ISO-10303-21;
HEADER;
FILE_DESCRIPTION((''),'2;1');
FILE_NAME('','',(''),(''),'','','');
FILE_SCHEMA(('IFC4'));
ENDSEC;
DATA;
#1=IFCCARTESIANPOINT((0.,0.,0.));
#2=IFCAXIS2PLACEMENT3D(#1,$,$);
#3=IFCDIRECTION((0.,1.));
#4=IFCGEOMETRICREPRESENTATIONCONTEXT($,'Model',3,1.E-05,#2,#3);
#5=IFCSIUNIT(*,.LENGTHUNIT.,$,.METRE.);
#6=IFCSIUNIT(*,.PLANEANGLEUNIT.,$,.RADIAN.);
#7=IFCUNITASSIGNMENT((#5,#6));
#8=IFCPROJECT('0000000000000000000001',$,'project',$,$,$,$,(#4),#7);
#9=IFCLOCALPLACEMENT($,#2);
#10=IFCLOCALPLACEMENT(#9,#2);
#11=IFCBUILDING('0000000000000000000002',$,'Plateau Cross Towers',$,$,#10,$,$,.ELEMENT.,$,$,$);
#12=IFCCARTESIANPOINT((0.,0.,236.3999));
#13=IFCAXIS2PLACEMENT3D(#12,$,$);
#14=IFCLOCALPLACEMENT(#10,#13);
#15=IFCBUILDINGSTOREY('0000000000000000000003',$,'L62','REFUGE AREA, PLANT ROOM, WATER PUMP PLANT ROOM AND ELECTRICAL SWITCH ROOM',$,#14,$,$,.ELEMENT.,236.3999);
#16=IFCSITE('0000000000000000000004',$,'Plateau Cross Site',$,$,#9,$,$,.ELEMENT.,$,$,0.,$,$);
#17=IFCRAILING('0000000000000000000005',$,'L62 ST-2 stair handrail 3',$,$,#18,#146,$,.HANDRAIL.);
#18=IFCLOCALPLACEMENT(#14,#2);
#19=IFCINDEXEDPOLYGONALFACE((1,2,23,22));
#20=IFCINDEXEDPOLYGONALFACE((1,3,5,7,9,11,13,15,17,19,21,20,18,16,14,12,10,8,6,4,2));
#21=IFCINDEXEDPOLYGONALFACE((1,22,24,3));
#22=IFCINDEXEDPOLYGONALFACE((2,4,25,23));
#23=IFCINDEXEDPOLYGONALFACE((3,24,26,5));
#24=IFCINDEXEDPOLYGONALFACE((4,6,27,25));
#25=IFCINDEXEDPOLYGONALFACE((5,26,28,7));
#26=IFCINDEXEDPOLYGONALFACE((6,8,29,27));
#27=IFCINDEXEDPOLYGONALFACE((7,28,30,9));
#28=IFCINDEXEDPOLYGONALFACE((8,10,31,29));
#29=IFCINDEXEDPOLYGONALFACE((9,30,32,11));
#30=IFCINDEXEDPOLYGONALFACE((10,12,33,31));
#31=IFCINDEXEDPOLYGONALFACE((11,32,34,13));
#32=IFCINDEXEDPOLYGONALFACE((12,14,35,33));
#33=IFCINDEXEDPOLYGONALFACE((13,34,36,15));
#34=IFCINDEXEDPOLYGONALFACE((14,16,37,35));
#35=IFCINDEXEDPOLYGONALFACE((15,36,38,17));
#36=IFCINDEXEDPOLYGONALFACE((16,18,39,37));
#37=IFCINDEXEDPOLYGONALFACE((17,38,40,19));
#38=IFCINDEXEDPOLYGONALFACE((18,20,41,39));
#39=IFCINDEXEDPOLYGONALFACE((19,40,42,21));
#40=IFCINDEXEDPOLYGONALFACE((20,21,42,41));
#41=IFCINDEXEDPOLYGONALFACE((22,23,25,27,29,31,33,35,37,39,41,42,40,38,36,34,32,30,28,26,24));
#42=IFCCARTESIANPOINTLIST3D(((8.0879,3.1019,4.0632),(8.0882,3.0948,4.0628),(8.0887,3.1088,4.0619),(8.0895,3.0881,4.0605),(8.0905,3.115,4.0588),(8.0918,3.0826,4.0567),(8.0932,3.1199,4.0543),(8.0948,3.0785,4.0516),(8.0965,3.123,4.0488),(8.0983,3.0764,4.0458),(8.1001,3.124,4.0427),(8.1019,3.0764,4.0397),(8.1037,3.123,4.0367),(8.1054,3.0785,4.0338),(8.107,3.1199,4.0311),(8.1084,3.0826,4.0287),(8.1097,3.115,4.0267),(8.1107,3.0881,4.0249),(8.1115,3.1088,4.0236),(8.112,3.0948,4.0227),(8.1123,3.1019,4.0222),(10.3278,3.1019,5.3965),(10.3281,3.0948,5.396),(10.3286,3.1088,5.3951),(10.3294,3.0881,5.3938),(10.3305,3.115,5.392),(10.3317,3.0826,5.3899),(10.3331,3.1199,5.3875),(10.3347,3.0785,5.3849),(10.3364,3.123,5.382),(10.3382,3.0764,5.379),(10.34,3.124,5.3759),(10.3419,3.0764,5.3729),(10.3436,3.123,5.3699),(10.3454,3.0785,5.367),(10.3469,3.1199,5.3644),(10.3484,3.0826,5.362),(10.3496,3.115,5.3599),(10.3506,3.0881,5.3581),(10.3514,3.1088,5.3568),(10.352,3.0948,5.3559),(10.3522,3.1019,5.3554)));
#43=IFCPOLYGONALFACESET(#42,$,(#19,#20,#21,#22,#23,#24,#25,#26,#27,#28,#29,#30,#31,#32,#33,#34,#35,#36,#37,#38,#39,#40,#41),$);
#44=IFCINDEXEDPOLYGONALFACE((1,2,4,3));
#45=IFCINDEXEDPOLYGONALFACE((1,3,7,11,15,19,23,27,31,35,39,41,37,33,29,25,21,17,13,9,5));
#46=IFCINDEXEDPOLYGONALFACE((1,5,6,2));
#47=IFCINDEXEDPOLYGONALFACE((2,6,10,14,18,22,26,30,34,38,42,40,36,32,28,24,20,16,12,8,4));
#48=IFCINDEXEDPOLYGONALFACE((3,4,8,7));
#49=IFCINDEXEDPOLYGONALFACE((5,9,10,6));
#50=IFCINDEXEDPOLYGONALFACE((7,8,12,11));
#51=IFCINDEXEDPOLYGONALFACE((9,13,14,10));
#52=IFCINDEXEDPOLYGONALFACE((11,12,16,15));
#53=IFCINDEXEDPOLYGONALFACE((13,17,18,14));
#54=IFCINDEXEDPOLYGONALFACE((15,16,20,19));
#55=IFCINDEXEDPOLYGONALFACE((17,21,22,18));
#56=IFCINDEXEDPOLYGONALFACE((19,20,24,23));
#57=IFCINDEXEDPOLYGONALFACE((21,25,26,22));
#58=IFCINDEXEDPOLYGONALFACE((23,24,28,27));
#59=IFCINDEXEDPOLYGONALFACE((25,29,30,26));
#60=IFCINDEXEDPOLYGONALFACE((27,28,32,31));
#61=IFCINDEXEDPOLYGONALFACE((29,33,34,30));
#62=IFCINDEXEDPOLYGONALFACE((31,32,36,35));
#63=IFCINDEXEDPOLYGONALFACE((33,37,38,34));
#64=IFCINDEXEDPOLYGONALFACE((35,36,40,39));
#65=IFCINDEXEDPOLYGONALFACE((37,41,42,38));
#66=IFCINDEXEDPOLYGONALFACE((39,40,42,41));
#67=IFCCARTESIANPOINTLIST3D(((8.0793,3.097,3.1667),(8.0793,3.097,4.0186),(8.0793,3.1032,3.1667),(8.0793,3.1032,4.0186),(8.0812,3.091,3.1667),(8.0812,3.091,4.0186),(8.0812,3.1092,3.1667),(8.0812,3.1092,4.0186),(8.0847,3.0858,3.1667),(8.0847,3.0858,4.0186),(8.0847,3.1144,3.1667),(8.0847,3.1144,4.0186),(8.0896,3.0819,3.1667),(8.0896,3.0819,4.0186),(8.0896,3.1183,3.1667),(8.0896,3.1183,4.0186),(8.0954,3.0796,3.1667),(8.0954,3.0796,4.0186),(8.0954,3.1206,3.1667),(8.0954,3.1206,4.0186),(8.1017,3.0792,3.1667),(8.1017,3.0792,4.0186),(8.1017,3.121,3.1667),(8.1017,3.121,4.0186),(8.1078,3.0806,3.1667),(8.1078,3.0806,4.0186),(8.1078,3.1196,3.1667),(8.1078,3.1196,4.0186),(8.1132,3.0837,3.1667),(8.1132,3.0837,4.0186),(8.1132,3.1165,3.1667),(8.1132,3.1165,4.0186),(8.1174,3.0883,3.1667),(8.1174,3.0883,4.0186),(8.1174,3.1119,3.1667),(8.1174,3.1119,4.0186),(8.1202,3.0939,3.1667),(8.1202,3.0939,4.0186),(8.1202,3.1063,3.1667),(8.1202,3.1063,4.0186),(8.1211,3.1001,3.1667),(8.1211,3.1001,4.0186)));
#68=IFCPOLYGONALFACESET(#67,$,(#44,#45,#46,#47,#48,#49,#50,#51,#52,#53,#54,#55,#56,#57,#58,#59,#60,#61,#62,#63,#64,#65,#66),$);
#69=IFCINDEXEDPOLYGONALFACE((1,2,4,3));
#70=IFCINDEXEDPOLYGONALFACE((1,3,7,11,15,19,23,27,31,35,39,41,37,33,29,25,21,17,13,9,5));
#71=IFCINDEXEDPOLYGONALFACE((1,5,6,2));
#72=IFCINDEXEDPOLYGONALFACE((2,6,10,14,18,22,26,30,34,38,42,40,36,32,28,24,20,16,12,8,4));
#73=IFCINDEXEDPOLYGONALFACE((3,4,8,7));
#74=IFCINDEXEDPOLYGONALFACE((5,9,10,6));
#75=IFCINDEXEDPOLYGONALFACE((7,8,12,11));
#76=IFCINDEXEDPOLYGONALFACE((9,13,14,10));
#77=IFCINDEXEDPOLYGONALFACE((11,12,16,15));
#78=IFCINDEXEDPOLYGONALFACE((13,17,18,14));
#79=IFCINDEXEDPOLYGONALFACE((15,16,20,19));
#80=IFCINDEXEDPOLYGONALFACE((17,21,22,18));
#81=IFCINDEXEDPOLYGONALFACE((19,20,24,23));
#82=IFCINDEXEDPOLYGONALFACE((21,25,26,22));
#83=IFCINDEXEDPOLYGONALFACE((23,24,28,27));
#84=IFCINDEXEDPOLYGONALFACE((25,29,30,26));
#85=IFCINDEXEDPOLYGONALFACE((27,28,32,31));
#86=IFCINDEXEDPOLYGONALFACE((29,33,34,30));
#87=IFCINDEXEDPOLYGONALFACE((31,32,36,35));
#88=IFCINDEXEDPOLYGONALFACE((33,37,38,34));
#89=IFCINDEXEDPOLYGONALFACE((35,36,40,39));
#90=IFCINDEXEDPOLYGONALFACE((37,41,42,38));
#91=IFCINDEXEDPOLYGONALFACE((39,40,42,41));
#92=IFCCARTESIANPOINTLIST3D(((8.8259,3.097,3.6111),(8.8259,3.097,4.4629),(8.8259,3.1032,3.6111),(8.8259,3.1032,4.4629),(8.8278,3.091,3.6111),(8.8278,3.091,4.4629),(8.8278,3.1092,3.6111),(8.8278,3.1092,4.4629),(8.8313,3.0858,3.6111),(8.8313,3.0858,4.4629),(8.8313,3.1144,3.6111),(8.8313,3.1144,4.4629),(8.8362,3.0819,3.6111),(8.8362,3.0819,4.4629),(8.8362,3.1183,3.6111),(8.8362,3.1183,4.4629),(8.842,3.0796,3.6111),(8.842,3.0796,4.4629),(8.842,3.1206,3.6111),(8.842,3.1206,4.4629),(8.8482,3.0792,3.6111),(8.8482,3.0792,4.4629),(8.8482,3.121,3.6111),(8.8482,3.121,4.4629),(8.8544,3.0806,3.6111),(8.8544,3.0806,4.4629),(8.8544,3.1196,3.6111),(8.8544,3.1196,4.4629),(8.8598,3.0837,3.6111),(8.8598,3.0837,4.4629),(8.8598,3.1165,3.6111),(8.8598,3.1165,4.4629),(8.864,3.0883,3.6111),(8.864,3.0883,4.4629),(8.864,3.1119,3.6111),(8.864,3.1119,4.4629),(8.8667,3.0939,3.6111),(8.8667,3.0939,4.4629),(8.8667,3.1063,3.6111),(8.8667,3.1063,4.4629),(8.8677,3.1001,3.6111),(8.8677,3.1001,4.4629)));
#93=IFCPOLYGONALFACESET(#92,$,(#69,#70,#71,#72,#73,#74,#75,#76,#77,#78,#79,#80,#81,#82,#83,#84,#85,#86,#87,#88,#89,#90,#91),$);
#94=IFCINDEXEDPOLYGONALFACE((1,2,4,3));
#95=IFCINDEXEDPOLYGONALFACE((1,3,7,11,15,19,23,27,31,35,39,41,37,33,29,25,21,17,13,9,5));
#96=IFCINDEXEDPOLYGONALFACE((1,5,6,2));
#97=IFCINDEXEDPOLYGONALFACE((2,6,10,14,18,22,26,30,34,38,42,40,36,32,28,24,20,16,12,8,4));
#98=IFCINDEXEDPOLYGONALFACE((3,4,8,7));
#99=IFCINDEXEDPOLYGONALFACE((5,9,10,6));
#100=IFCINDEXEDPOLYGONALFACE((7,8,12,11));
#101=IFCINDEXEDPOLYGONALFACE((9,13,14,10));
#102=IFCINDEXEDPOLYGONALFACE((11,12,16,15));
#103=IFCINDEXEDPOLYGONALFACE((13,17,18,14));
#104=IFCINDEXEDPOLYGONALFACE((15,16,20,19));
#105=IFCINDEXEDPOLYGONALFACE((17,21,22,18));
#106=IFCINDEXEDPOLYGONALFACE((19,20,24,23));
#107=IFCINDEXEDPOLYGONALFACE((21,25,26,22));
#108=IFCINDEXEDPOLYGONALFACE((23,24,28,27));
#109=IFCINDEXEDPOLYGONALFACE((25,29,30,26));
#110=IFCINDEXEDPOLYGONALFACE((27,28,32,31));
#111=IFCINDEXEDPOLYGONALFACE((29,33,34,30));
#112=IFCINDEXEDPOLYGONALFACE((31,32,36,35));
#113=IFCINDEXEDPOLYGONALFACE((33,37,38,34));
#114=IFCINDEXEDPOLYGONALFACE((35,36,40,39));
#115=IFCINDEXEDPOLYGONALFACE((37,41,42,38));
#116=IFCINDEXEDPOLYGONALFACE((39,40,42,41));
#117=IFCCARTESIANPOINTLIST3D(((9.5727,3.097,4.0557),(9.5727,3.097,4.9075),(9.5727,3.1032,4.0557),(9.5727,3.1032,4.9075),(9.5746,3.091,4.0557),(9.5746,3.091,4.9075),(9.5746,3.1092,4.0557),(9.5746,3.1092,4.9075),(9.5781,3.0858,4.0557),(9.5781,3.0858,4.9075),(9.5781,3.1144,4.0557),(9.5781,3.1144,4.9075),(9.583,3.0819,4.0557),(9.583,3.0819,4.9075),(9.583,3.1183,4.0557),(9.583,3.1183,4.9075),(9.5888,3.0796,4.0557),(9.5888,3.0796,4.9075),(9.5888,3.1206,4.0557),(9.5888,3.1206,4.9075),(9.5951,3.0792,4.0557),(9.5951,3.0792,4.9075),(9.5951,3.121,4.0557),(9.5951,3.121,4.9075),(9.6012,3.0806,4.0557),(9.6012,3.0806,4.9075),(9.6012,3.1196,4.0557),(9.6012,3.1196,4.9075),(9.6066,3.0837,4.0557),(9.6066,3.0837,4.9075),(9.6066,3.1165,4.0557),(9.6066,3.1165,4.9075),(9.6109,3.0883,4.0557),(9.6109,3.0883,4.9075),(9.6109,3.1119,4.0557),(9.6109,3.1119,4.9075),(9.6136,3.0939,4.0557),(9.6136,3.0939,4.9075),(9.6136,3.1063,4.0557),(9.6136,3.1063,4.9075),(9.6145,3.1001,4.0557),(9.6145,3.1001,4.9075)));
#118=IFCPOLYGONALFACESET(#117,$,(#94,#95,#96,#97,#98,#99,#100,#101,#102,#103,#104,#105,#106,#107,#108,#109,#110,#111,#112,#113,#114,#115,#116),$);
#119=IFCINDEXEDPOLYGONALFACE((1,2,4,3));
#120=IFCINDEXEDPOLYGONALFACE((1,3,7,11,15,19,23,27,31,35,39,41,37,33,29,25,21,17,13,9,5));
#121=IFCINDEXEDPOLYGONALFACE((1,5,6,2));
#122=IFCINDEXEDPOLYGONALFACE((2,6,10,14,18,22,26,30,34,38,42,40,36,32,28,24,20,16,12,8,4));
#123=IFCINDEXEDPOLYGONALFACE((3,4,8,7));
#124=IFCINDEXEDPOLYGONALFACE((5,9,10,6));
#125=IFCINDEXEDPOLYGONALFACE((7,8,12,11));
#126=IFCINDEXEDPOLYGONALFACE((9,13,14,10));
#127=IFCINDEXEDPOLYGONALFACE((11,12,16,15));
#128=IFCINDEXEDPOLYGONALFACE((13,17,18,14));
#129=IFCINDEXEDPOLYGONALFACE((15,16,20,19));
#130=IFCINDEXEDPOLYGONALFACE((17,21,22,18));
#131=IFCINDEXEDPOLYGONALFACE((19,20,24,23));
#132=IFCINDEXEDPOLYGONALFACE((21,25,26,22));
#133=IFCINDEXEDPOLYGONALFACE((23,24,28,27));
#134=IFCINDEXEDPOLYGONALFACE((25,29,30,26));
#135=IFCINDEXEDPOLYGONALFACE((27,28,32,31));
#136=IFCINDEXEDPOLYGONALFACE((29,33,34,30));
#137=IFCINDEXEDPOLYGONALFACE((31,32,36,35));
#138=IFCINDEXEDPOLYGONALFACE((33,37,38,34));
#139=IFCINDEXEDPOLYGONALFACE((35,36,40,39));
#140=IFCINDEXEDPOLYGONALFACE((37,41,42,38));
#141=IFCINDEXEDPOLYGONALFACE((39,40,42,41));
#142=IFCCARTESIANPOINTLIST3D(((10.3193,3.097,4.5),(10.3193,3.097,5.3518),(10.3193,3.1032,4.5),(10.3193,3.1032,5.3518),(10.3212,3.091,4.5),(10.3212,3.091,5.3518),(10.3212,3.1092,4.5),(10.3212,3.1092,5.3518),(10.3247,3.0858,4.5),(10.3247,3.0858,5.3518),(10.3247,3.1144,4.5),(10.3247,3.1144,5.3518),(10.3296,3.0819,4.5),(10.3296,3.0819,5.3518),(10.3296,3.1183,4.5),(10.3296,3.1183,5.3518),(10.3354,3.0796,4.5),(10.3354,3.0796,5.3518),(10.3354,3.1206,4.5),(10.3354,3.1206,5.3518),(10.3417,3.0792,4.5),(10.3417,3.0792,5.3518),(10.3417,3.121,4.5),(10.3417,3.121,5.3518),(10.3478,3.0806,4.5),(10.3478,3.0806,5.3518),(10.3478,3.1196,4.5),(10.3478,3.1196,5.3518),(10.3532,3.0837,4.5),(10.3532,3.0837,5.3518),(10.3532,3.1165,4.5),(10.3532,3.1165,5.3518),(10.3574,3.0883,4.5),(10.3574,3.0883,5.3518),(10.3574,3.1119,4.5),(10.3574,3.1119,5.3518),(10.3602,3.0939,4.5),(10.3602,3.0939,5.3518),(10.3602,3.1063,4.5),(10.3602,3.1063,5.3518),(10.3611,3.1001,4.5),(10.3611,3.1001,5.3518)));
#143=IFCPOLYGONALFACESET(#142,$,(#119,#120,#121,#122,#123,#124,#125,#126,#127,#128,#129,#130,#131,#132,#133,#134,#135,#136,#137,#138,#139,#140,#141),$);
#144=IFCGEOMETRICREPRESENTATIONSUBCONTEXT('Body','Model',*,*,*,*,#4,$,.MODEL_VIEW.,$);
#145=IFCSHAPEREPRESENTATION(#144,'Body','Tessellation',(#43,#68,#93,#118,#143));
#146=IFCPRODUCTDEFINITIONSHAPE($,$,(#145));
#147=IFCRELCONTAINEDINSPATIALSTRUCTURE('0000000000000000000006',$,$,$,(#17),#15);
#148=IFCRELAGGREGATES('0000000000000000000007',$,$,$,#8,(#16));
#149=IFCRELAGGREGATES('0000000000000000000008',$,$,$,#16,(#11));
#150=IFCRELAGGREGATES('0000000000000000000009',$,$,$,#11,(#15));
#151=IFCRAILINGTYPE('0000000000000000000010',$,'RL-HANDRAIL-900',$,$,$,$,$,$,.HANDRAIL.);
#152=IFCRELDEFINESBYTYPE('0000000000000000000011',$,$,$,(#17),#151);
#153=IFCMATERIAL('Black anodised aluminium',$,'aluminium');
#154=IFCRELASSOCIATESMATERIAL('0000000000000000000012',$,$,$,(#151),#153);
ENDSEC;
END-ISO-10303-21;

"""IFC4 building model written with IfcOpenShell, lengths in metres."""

from ifc_helpers import new_model, si_unit, direction, frame, origin, origin_2d, place, context, subcontext, project, spatial, circle, extrude, material, type_object, element, save


model = new_model("IFC4")

# Units and contexts
model_context = context("Model", 3, precision=1e-05, world=origin(), true_north=direction((0.0, 1.0)))
body_context = subcontext(model_context, "Body", "Model", "MODEL_VIEW")
ifc_project = project(units=[si_unit("LENGTHUNIT", "METRE"), si_unit("PLANEANGLEUNIT", "RADIAN")], contexts=[model_context])

# Site, building, storey
site_placement = place(None, origin())
site = spatial("IfcSite", under=ifc_project, at=site_placement, Name="Plateau Cross Site", CompositionType="ELEMENT", RefElevation=0.0)
building_placement = place(site_placement, origin())
building = spatial("IfcBuilding", under=site, at=building_placement, Name="Plateau Cross Towers", CompositionType="ELEMENT")
storey_placement = place(building_placement, frame((0.0, 0.0, 236.3999)))
storey = spatial("IfcBuildingStorey", under=building, at=storey_placement, Name="L62", Description="REFUGE AREA, PLANT ROOM, WATER PUMP PLANT ROOM AND ELECTRICAL SWITCH ROOM", CompositionType="ELEMENT", Elevation=236.3999)

# Shared definitions
ifc_material_1 = material(Name="Black anodised aluminium", Category="aluminium")

# Railing
railing_type_1 = type_object("IfcRailingType", Name="RL-HANDRAIL-900", PredefinedType="HANDRAIL", material=ifc_material_1)
railing_1_placement = place(storey_placement, frame((8.1001, 3.1001, 3.1667)))
element("IfcRailing", 1, at=railing_1_placement, inside=storey, type_object=railing_type_1, Name="L62 ST-2 stair handrail 3", PredefinedType="HANDRAIL", context=body_context, shape_type="SweptSolid", body=[
    extrude(circle(Radius=0.0239, at=origin_2d()), frame((0.0, 0.0, 0.876), z_axis=(0.859306, 0.0, 0.511462), x_axis=(0.0, 1.0, 0.0)), (0.0, 0.0, 1.0), 2.6067),
    extrude(circle(Radius=0.021, at=origin_2d()), origin(), (0.0, 0.0, 1.0), 0.8518),
    extrude(circle(Radius=0.021, at=origin_2d()), frame((0.7466, 0.0, 0.4443)), (0.0, 0.0, 1.0), 0.8518),
    extrude(circle(Radius=0.021, at=origin_2d()), frame((1.4934, 0.0, 0.8889)), (0.0, 0.0, 1.0), 0.8518),
    extrude(circle(Radius=0.021, at=origin_2d()), frame((2.24, 0.0, 1.3333)), (0.0, 0.0, 1.0), 0.8518),
])

save(model, "model.ifc")
